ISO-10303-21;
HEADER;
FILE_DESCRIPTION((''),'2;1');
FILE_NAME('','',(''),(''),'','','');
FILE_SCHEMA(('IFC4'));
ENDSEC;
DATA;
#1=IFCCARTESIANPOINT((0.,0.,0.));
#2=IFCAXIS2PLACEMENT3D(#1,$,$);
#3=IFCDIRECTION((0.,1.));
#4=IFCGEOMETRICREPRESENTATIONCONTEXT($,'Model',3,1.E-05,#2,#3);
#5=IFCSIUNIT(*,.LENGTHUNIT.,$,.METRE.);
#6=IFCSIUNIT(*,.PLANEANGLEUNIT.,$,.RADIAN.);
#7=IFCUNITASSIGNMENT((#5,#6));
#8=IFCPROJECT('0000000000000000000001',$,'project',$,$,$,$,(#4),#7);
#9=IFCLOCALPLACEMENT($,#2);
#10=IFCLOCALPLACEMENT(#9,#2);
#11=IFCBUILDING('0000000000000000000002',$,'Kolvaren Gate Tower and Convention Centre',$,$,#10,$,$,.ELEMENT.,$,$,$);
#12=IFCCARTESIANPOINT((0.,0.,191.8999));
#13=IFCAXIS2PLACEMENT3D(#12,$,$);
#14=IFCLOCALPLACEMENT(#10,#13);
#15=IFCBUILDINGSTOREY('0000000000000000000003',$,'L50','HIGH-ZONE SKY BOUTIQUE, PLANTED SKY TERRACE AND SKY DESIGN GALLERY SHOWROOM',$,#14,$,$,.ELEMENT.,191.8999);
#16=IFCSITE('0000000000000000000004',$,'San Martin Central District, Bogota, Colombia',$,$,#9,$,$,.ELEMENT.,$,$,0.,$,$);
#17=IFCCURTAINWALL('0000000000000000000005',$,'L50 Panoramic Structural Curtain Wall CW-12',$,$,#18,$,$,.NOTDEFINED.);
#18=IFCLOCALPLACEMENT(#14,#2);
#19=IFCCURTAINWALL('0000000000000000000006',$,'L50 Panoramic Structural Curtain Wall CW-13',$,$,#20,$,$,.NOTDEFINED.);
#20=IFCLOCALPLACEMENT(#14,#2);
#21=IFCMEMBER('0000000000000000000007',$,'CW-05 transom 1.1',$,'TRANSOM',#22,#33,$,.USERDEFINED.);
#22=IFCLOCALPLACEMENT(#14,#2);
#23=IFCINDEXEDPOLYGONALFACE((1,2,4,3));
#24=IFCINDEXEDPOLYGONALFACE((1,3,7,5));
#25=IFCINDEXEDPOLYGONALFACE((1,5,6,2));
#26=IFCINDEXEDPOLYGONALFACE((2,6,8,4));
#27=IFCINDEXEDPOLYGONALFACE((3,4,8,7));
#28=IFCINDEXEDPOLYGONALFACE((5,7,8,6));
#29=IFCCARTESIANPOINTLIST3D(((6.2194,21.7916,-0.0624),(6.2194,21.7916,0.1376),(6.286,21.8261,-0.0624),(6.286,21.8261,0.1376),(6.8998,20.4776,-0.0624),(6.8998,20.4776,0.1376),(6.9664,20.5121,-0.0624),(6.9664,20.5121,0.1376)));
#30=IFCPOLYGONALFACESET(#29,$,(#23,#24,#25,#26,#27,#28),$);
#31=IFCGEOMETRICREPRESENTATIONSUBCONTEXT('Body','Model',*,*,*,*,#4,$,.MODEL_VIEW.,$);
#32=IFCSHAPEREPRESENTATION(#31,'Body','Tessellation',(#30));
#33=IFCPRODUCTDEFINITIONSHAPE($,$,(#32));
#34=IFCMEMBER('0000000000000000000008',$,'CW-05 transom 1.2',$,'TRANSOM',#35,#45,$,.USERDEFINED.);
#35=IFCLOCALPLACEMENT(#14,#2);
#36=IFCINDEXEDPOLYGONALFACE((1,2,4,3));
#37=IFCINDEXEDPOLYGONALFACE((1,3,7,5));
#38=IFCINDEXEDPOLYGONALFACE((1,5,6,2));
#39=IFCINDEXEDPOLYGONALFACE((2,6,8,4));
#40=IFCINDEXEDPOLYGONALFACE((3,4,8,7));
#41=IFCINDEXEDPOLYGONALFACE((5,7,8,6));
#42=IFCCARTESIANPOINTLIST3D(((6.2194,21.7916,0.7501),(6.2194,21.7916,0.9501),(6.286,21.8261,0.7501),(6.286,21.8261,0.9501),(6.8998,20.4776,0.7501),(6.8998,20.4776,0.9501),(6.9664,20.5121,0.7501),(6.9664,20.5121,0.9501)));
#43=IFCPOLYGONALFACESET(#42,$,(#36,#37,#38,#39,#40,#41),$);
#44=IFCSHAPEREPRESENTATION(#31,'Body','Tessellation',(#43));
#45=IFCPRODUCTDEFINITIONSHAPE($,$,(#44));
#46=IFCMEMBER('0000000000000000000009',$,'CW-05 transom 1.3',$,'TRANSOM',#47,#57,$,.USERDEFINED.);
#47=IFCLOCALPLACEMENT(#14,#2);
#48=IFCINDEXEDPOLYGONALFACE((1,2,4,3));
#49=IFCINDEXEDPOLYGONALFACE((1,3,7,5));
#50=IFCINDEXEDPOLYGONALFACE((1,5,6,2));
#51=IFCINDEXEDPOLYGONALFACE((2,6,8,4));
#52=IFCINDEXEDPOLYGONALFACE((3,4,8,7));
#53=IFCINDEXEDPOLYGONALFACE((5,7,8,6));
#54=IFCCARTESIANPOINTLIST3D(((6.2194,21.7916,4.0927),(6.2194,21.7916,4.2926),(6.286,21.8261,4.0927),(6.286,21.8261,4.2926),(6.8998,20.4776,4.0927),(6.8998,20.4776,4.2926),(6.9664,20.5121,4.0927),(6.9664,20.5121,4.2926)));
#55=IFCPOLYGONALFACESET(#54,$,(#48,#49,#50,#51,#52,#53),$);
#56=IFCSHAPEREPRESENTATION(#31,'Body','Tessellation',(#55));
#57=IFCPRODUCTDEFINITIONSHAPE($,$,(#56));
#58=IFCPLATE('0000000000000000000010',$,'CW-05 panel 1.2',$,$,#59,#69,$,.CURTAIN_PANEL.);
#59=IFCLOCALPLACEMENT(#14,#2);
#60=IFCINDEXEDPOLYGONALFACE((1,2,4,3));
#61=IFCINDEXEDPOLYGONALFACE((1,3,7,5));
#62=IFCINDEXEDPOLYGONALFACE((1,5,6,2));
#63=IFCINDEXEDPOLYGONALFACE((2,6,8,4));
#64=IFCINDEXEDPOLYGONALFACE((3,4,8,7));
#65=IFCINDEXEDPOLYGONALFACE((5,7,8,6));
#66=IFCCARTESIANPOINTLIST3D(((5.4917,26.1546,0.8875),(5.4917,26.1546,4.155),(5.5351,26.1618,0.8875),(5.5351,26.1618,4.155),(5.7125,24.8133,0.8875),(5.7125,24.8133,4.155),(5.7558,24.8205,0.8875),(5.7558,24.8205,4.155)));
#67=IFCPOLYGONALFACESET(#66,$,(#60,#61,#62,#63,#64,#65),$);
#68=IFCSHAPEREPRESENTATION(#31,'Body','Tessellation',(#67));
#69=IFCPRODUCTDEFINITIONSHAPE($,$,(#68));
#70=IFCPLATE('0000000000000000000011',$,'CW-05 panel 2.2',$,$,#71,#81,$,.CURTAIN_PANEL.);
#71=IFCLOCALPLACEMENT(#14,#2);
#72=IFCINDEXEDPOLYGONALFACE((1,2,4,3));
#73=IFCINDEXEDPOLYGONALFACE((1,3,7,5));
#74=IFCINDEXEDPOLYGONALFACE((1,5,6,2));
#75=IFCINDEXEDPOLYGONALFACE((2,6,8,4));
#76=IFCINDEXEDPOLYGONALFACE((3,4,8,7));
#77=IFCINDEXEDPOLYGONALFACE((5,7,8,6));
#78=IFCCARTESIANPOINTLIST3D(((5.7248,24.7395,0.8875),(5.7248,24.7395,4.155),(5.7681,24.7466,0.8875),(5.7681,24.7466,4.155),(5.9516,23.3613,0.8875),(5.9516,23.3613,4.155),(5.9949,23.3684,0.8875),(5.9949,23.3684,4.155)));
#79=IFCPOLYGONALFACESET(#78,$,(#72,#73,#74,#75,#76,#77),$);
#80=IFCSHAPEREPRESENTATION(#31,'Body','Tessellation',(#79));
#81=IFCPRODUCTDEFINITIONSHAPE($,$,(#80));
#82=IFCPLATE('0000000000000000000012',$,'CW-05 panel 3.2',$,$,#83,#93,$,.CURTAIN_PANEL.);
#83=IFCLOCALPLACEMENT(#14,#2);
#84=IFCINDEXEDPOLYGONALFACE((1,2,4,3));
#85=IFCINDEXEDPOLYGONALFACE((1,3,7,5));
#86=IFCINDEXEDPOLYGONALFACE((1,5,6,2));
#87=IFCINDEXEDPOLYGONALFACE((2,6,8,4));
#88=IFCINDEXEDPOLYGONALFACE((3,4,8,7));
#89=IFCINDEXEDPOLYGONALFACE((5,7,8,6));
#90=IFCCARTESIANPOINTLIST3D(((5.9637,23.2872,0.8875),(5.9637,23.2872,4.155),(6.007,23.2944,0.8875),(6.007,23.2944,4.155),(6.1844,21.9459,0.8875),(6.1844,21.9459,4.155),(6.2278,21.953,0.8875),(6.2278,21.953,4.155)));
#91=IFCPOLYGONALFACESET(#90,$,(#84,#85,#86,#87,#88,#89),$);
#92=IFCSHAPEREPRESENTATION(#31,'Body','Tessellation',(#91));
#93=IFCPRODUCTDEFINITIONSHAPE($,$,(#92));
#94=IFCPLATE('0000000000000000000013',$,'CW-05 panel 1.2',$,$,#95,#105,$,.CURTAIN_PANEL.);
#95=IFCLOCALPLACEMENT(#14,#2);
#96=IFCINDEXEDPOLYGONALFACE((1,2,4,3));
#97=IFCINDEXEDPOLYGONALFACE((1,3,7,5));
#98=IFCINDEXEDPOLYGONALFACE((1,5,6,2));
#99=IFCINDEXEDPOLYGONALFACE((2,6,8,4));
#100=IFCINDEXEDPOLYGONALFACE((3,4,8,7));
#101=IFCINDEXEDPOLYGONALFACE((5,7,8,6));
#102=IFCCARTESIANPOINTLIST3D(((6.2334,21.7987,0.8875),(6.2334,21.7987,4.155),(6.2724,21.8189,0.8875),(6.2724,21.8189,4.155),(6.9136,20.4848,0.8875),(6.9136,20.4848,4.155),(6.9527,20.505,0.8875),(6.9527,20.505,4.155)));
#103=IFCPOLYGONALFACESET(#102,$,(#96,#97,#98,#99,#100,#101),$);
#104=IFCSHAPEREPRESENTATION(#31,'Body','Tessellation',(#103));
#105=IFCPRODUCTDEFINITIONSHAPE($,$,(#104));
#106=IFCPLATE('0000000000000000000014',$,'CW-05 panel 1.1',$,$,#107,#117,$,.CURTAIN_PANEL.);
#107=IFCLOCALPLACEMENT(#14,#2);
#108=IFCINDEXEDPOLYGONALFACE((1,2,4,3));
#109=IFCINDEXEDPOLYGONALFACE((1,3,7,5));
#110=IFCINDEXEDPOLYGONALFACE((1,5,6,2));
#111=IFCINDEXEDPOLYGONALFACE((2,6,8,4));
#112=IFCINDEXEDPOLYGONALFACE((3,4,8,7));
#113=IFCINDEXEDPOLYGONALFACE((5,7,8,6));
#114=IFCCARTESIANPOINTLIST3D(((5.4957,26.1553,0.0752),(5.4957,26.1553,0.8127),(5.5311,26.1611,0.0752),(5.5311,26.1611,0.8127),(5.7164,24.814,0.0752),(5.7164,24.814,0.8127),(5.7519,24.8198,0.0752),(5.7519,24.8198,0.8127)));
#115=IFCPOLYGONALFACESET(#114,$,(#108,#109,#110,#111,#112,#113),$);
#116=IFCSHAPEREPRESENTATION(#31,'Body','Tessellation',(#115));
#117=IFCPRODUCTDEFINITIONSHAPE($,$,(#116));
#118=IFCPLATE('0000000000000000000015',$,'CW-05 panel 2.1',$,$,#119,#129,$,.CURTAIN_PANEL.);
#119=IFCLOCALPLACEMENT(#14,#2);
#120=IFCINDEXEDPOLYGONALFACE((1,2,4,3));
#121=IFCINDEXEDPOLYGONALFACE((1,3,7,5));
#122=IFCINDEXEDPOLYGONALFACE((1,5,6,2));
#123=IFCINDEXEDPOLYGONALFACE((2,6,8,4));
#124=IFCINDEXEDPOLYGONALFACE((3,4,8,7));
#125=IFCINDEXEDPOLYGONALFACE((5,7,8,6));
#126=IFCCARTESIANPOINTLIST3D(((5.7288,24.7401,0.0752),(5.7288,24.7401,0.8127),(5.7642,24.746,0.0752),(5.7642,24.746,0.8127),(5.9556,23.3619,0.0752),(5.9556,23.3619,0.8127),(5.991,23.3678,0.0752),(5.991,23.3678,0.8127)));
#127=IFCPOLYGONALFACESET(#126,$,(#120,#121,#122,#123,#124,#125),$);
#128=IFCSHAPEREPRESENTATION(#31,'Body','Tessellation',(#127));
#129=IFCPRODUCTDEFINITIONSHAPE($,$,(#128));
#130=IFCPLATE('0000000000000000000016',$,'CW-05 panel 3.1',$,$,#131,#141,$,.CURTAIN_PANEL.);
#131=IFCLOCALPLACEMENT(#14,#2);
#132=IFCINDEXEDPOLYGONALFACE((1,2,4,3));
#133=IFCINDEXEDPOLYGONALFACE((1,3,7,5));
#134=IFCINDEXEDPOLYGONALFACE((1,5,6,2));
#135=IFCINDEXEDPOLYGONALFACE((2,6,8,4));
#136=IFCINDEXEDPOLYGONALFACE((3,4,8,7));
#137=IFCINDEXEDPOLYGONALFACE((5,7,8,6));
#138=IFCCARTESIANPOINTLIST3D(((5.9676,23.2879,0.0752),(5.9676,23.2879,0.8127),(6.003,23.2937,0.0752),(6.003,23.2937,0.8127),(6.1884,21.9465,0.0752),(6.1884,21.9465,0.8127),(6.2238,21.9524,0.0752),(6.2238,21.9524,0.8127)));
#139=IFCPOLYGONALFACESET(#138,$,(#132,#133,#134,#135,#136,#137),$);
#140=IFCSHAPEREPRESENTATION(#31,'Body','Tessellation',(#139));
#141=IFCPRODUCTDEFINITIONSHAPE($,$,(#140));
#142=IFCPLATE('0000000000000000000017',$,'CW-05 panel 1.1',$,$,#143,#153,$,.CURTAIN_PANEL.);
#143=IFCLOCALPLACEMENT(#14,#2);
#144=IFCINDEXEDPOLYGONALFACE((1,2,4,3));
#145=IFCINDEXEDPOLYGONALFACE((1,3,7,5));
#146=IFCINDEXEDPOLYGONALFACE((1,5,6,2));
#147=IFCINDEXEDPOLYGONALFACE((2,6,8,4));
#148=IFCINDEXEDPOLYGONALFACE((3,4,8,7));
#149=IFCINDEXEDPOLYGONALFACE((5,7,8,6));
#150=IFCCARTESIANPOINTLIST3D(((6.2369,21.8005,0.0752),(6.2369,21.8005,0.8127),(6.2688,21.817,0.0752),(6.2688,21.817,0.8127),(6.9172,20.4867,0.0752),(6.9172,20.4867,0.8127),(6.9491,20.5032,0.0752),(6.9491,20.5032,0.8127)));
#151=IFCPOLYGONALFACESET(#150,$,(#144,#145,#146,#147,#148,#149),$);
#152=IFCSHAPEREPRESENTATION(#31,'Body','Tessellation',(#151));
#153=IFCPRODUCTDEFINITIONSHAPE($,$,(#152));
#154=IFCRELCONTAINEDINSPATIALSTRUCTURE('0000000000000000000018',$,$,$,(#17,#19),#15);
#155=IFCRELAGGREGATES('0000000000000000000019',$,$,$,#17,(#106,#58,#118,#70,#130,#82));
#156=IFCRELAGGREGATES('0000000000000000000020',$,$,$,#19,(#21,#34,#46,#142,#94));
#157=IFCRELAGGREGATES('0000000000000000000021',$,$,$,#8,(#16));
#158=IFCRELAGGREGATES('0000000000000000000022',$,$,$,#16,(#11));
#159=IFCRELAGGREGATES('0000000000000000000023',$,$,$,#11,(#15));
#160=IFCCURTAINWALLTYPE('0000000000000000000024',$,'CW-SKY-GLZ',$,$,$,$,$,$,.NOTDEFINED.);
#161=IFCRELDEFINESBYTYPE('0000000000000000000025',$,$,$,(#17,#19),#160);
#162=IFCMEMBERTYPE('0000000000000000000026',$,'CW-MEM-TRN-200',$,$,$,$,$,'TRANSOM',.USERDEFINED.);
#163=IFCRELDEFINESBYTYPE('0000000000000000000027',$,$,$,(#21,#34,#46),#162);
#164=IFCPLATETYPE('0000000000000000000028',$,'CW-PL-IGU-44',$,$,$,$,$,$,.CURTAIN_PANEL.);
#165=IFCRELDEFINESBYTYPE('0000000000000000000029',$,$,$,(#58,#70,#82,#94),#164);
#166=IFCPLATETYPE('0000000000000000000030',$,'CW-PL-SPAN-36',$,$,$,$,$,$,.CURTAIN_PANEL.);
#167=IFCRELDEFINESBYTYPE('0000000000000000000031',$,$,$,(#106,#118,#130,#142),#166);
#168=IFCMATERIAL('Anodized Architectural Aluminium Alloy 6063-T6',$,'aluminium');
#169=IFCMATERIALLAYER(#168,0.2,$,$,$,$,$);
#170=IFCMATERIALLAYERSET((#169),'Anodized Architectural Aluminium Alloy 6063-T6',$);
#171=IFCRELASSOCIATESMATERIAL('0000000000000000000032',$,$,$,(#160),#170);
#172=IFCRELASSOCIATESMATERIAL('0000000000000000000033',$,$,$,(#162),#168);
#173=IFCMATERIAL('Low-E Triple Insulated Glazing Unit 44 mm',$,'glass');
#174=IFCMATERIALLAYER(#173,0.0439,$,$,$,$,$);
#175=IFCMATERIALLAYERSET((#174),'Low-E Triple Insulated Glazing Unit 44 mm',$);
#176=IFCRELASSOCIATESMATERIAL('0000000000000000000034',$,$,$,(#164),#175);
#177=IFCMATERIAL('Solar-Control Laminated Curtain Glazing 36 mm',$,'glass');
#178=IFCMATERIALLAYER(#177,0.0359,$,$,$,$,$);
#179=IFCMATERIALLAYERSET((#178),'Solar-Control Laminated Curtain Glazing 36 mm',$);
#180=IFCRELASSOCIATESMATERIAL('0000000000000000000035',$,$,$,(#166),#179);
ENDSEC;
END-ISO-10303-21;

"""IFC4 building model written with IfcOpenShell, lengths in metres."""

from ifc_helpers import new_model, si_unit, direction, frame, origin, origin_2d, place, context, subcontext, project, spatial, rectangle, extrude, material, layer, layer_set, material_profile, profile_set, type_object, element, aggregate, save


model = new_model("IFC4")

# Units and contexts
model_context = context("Model", 3, precision=1e-05, world=origin(), true_north=direction((0.0, 1.0)))
body_context = subcontext(model_context, "Body", "Model", "MODEL_VIEW")
ifc_project = project(units=[si_unit("LENGTHUNIT", "METRE"), si_unit("PLANEANGLEUNIT", "RADIAN")], contexts=[model_context])

# Site, building, storey
site_placement = place(None, origin())
site = spatial("IfcSite", under=ifc_project, at=site_placement, Name="San Martin Central District, Bogota, Colombia", CompositionType="ELEMENT", RefElevation=0.0)
building_placement = place(site_placement, origin())
building = spatial("IfcBuilding", under=site, at=building_placement, Name="Kolvaren Gate Tower and Convention Centre", CompositionType="ELEMENT")
storey_placement = place(building_placement, frame((0.0, 0.0, 191.8999)))
storey = spatial("IfcBuildingStorey", under=building, at=storey_placement, Name="L50", Description="HIGH-ZONE SKY BOUTIQUE, PLANTED SKY TERRACE AND SKY DESIGN GALLERY SHOWROOM", CompositionType="ELEMENT", Elevation=191.8999)

# Curtain walls
ifc_material_1 = material(Name="Anodized Architectural Aluminium Alloy 6063-T6", Category="aluminium")
ifc_layer_1 = layer(ifc_material_1, 0.2)
ifc_layer_set_1 = layer_set([ifc_layer_1], Name="Anodized Architectural Aluminium Alloy 6063-T6")
curtain_wall_type = type_object("IfcCurtainWallType", Name="CW-SKY-GLZ", PredefinedType="NOTDEFINED", material=ifc_layer_set_1)
curtain_wall_1_placement = place(storey_placement, origin())
curtain_wall_1 = element("IfcCurtainWall", 1, at=curtain_wall_1_placement, inside=storey, type_object=curtain_wall_type, Name="L50 Panoramic Structural Curtain Wall CW-12", PredefinedType="NOTDEFINED")
curtain_wall_2_placement = place(storey_placement, origin())
curtain_wall_2 = element("IfcCurtainWall", 2, at=curtain_wall_2_placement, inside=storey, type_object=curtain_wall_type, Name="L50 Panoramic Structural Curtain Wall CW-13", PredefinedType="NOTDEFINED")

# Members
ifc_material_profile_1 = material_profile(ifc_material_1, rectangle(XDim=0.075, YDim=0.2, at=origin_2d()), Name="CW-MEM-TRN-200")
ifc_profile_set_1 = profile_set([ifc_material_profile_1], Name="Anodized Architectural Aluminium Alloy 6063-T6")
member_type_1 = type_object("IfcMemberType", Name="CW-MEM-TRN-200", ElementType="TRANSOM", PredefinedType="USERDEFINED", material=ifc_profile_set_1)
member_1_placement = place(storey_placement, frame((6.2527, 21.8088, 0.0376), z_axis=(0.45984, -0.888002, 0.0), x_axis=(0.888002, 0.45984, 0.0)))
member_1 = element("IfcMember", 3, at=member_1_placement, type_object=member_type_1, Name="CW-05 transom 1.1", ObjectType="TRANSOM", PredefinedType="USERDEFINED", context=body_context, shape_type="SweptSolid", body=[
    extrude(rectangle(XDim=0.075, YDim=0.2, at=origin_2d()), origin(), (0.0, 0.0, 1.0), 1.4797),
])
member_2_placement = place(storey_placement, frame((6.2527, 21.8088, 0.8501), z_axis=(0.45984, -0.888002, 0.0), x_axis=(0.888002, 0.45984, 0.0)))
member_2 = element("IfcMember", 4, at=member_2_placement, type_object=member_type_1, Name="CW-05 transom 1.2", ObjectType="TRANSOM", PredefinedType="USERDEFINED", context=body_context, shape_type="SweptSolid", body=[
    extrude(rectangle(XDim=0.075, YDim=0.2, at=origin_2d()), origin(), (0.0, 0.0, 1.0), 1.4797),
])
member_3_placement = place(storey_placement, frame((6.2527, 21.8088, 4.1926), z_axis=(0.45984, -0.888002, 0.0), x_axis=(0.888002, 0.45984, 0.0)))
member_3 = element("IfcMember", 5, at=member_3_placement, type_object=member_type_1, Name="CW-05 transom 1.3", ObjectType="TRANSOM", PredefinedType="USERDEFINED", context=body_context, shape_type="SweptSolid", body=[
    extrude(rectangle(XDim=0.075, YDim=0.2, at=origin_2d()), origin(), (0.0, 0.0, 1.0), 1.4797),
])

# Plates
ifc_material_2 = material(Name="Low-E Triple Insulated Glazing Unit 44 mm", Category="glass")
ifc_layer_2 = layer(ifc_material_2, 0.0439)
ifc_layer_set_2 = layer_set([ifc_layer_2], Name="Low-E Triple Insulated Glazing Unit 44 mm")
plate_type_1 = type_object("IfcPlateType", Name="CW-PL-IGU-44", PredefinedType="CURTAIN_PANEL", material=ifc_layer_set_2)
plate_1_placement = place(storey_placement, frame((5.6238, 25.4875, 0.8875), z_axis=(0.0, 0.0, 1.0), x_axis=(0.162382, -0.986728, 0.0)))
plate_1 = element("IfcPlate", 6, at=plate_1_placement, type_object=plate_type_1, Name="CW-05 panel 1.2", PredefinedType="CURTAIN_PANEL", context=body_context, shape_type="SweptSolid", body=[
    extrude(rectangle(XDim=1.3594, YDim=0.0439, at=origin_2d()), origin(), (0.0, 0.0, 1.0), 3.2676),
])
plate_2_placement = place(storey_placement, frame((5.8599, 24.054, 0.8875), z_axis=(0.0, 0.0, 1.0), x_axis=(0.162382, -0.986728, 0.0)))
plate_2 = element("IfcPlate", 7, at=plate_2_placement, type_object=plate_type_1, Name="CW-05 panel 2.2", PredefinedType="CURTAIN_PANEL", context=body_context, shape_type="SweptSolid", body=[
    extrude(rectangle(XDim=1.3967, YDim=0.0439, at=origin_2d()), origin(), (0.0, 0.0, 1.0), 3.2676),
])
plate_3_placement = place(storey_placement, frame((6.0957, 22.6201, 0.8875), z_axis=(0.0, 0.0, 1.0), x_axis=(0.162382, -0.986728, 0.0)))
plate_3 = element("IfcPlate", 8, at=plate_3_placement, type_object=plate_type_1, Name="CW-05 panel 3.2", PredefinedType="CURTAIN_PANEL", context=body_context, shape_type="SweptSolid", body=[
    extrude(rectangle(XDim=1.3594, YDim=0.0439, at=origin_2d()), origin(), (0.0, 0.0, 1.0), 3.2676),
])
plate_4_placement = place(storey_placement, frame((6.593, 21.1519, 0.8875), z_axis=(0.0, 0.0, 1.0), x_axis=(0.459799, -0.888023, 0.0)))
plate_4 = element("IfcPlate", 9, at=plate_4_placement, type_object=plate_type_1, Name="CW-05 panel 1.2", PredefinedType="CURTAIN_PANEL", context=body_context, shape_type="SweptSolid", body=[
    extrude(rectangle(XDim=1.4795, YDim=0.0439, at=origin_2d()), origin(), (0.0, 0.0, 1.0), 3.2676),
])
ifc_material_3 = material(Name="Solar-Control Laminated Curtain Glazing 36 mm", Category="glass")
ifc_layer_3 = layer(ifc_material_3, 0.0359)
ifc_layer_set_3 = layer_set([ifc_layer_3], Name="Solar-Control Laminated Curtain Glazing 36 mm")
plate_type_2 = type_object("IfcPlateType", Name="CW-PL-SPAN-36", PredefinedType="CURTAIN_PANEL", material=ifc_layer_set_3)
plate_5_placement = place(storey_placement, frame((5.6238, 25.4875, 0.0752), z_axis=(0.0, 0.0, 1.0), x_axis=(0.162382, -0.986728, 0.0)))
plate_5 = element("IfcPlate", 10, at=plate_5_placement, type_object=plate_type_2, Name="CW-05 panel 1.1", PredefinedType="CURTAIN_PANEL", context=body_context, shape_type="SweptSolid", body=[
    extrude(rectangle(XDim=1.3594, YDim=0.0359, at=origin_2d()), origin(), (0.0, 0.0, 1.0), 0.7375),
])
plate_6_placement = place(storey_placement, frame((5.8599, 24.054, 0.0752), z_axis=(0.0, 0.0, 1.0), x_axis=(0.162382, -0.986728, 0.0)))
plate_6 = element("IfcPlate", 11, at=plate_6_placement, type_object=plate_type_2, Name="CW-05 panel 2.1", PredefinedType="CURTAIN_PANEL", context=body_context, shape_type="SweptSolid", body=[
    extrude(rectangle(XDim=1.3967, YDim=0.0359, at=origin_2d()), origin(), (0.0, 0.0, 1.0), 0.7375),
])
plate_7_placement = place(storey_placement, frame((6.0957, 22.6201, 0.0752), z_axis=(0.0, 0.0, 1.0), x_axis=(0.162382, -0.986728, 0.0)))
plate_7 = element("IfcPlate", 12, at=plate_7_placement, type_object=plate_type_2, Name="CW-05 panel 3.1", PredefinedType="CURTAIN_PANEL", context=body_context, shape_type="SweptSolid", body=[
    extrude(rectangle(XDim=1.3594, YDim=0.0359, at=origin_2d()), origin(), (0.0, 0.0, 1.0), 0.7375),
])
aggregate(curtain_wall_1, [plate_5, plate_1, plate_6, plate_2, plate_7, plate_3])
plate_8_placement = place(storey_placement, frame((6.593, 21.1519, 0.0752), z_axis=(0.0, 0.0, 1.0), x_axis=(0.459799, -0.888023, 0.0)))
plate_8 = element("IfcPlate", 13, at=plate_8_placement, type_object=plate_type_2, Name="CW-05 panel 1.1", PredefinedType="CURTAIN_PANEL", context=body_context, shape_type="SweptSolid", body=[
    extrude(rectangle(XDim=1.4795, YDim=0.0359, at=origin_2d()), origin(), (0.0, 0.0, 1.0), 0.7375),
])
aggregate(curtain_wall_2, [member_1, member_2, member_3, plate_8, plate_4])

save(model, "model.ifc")
